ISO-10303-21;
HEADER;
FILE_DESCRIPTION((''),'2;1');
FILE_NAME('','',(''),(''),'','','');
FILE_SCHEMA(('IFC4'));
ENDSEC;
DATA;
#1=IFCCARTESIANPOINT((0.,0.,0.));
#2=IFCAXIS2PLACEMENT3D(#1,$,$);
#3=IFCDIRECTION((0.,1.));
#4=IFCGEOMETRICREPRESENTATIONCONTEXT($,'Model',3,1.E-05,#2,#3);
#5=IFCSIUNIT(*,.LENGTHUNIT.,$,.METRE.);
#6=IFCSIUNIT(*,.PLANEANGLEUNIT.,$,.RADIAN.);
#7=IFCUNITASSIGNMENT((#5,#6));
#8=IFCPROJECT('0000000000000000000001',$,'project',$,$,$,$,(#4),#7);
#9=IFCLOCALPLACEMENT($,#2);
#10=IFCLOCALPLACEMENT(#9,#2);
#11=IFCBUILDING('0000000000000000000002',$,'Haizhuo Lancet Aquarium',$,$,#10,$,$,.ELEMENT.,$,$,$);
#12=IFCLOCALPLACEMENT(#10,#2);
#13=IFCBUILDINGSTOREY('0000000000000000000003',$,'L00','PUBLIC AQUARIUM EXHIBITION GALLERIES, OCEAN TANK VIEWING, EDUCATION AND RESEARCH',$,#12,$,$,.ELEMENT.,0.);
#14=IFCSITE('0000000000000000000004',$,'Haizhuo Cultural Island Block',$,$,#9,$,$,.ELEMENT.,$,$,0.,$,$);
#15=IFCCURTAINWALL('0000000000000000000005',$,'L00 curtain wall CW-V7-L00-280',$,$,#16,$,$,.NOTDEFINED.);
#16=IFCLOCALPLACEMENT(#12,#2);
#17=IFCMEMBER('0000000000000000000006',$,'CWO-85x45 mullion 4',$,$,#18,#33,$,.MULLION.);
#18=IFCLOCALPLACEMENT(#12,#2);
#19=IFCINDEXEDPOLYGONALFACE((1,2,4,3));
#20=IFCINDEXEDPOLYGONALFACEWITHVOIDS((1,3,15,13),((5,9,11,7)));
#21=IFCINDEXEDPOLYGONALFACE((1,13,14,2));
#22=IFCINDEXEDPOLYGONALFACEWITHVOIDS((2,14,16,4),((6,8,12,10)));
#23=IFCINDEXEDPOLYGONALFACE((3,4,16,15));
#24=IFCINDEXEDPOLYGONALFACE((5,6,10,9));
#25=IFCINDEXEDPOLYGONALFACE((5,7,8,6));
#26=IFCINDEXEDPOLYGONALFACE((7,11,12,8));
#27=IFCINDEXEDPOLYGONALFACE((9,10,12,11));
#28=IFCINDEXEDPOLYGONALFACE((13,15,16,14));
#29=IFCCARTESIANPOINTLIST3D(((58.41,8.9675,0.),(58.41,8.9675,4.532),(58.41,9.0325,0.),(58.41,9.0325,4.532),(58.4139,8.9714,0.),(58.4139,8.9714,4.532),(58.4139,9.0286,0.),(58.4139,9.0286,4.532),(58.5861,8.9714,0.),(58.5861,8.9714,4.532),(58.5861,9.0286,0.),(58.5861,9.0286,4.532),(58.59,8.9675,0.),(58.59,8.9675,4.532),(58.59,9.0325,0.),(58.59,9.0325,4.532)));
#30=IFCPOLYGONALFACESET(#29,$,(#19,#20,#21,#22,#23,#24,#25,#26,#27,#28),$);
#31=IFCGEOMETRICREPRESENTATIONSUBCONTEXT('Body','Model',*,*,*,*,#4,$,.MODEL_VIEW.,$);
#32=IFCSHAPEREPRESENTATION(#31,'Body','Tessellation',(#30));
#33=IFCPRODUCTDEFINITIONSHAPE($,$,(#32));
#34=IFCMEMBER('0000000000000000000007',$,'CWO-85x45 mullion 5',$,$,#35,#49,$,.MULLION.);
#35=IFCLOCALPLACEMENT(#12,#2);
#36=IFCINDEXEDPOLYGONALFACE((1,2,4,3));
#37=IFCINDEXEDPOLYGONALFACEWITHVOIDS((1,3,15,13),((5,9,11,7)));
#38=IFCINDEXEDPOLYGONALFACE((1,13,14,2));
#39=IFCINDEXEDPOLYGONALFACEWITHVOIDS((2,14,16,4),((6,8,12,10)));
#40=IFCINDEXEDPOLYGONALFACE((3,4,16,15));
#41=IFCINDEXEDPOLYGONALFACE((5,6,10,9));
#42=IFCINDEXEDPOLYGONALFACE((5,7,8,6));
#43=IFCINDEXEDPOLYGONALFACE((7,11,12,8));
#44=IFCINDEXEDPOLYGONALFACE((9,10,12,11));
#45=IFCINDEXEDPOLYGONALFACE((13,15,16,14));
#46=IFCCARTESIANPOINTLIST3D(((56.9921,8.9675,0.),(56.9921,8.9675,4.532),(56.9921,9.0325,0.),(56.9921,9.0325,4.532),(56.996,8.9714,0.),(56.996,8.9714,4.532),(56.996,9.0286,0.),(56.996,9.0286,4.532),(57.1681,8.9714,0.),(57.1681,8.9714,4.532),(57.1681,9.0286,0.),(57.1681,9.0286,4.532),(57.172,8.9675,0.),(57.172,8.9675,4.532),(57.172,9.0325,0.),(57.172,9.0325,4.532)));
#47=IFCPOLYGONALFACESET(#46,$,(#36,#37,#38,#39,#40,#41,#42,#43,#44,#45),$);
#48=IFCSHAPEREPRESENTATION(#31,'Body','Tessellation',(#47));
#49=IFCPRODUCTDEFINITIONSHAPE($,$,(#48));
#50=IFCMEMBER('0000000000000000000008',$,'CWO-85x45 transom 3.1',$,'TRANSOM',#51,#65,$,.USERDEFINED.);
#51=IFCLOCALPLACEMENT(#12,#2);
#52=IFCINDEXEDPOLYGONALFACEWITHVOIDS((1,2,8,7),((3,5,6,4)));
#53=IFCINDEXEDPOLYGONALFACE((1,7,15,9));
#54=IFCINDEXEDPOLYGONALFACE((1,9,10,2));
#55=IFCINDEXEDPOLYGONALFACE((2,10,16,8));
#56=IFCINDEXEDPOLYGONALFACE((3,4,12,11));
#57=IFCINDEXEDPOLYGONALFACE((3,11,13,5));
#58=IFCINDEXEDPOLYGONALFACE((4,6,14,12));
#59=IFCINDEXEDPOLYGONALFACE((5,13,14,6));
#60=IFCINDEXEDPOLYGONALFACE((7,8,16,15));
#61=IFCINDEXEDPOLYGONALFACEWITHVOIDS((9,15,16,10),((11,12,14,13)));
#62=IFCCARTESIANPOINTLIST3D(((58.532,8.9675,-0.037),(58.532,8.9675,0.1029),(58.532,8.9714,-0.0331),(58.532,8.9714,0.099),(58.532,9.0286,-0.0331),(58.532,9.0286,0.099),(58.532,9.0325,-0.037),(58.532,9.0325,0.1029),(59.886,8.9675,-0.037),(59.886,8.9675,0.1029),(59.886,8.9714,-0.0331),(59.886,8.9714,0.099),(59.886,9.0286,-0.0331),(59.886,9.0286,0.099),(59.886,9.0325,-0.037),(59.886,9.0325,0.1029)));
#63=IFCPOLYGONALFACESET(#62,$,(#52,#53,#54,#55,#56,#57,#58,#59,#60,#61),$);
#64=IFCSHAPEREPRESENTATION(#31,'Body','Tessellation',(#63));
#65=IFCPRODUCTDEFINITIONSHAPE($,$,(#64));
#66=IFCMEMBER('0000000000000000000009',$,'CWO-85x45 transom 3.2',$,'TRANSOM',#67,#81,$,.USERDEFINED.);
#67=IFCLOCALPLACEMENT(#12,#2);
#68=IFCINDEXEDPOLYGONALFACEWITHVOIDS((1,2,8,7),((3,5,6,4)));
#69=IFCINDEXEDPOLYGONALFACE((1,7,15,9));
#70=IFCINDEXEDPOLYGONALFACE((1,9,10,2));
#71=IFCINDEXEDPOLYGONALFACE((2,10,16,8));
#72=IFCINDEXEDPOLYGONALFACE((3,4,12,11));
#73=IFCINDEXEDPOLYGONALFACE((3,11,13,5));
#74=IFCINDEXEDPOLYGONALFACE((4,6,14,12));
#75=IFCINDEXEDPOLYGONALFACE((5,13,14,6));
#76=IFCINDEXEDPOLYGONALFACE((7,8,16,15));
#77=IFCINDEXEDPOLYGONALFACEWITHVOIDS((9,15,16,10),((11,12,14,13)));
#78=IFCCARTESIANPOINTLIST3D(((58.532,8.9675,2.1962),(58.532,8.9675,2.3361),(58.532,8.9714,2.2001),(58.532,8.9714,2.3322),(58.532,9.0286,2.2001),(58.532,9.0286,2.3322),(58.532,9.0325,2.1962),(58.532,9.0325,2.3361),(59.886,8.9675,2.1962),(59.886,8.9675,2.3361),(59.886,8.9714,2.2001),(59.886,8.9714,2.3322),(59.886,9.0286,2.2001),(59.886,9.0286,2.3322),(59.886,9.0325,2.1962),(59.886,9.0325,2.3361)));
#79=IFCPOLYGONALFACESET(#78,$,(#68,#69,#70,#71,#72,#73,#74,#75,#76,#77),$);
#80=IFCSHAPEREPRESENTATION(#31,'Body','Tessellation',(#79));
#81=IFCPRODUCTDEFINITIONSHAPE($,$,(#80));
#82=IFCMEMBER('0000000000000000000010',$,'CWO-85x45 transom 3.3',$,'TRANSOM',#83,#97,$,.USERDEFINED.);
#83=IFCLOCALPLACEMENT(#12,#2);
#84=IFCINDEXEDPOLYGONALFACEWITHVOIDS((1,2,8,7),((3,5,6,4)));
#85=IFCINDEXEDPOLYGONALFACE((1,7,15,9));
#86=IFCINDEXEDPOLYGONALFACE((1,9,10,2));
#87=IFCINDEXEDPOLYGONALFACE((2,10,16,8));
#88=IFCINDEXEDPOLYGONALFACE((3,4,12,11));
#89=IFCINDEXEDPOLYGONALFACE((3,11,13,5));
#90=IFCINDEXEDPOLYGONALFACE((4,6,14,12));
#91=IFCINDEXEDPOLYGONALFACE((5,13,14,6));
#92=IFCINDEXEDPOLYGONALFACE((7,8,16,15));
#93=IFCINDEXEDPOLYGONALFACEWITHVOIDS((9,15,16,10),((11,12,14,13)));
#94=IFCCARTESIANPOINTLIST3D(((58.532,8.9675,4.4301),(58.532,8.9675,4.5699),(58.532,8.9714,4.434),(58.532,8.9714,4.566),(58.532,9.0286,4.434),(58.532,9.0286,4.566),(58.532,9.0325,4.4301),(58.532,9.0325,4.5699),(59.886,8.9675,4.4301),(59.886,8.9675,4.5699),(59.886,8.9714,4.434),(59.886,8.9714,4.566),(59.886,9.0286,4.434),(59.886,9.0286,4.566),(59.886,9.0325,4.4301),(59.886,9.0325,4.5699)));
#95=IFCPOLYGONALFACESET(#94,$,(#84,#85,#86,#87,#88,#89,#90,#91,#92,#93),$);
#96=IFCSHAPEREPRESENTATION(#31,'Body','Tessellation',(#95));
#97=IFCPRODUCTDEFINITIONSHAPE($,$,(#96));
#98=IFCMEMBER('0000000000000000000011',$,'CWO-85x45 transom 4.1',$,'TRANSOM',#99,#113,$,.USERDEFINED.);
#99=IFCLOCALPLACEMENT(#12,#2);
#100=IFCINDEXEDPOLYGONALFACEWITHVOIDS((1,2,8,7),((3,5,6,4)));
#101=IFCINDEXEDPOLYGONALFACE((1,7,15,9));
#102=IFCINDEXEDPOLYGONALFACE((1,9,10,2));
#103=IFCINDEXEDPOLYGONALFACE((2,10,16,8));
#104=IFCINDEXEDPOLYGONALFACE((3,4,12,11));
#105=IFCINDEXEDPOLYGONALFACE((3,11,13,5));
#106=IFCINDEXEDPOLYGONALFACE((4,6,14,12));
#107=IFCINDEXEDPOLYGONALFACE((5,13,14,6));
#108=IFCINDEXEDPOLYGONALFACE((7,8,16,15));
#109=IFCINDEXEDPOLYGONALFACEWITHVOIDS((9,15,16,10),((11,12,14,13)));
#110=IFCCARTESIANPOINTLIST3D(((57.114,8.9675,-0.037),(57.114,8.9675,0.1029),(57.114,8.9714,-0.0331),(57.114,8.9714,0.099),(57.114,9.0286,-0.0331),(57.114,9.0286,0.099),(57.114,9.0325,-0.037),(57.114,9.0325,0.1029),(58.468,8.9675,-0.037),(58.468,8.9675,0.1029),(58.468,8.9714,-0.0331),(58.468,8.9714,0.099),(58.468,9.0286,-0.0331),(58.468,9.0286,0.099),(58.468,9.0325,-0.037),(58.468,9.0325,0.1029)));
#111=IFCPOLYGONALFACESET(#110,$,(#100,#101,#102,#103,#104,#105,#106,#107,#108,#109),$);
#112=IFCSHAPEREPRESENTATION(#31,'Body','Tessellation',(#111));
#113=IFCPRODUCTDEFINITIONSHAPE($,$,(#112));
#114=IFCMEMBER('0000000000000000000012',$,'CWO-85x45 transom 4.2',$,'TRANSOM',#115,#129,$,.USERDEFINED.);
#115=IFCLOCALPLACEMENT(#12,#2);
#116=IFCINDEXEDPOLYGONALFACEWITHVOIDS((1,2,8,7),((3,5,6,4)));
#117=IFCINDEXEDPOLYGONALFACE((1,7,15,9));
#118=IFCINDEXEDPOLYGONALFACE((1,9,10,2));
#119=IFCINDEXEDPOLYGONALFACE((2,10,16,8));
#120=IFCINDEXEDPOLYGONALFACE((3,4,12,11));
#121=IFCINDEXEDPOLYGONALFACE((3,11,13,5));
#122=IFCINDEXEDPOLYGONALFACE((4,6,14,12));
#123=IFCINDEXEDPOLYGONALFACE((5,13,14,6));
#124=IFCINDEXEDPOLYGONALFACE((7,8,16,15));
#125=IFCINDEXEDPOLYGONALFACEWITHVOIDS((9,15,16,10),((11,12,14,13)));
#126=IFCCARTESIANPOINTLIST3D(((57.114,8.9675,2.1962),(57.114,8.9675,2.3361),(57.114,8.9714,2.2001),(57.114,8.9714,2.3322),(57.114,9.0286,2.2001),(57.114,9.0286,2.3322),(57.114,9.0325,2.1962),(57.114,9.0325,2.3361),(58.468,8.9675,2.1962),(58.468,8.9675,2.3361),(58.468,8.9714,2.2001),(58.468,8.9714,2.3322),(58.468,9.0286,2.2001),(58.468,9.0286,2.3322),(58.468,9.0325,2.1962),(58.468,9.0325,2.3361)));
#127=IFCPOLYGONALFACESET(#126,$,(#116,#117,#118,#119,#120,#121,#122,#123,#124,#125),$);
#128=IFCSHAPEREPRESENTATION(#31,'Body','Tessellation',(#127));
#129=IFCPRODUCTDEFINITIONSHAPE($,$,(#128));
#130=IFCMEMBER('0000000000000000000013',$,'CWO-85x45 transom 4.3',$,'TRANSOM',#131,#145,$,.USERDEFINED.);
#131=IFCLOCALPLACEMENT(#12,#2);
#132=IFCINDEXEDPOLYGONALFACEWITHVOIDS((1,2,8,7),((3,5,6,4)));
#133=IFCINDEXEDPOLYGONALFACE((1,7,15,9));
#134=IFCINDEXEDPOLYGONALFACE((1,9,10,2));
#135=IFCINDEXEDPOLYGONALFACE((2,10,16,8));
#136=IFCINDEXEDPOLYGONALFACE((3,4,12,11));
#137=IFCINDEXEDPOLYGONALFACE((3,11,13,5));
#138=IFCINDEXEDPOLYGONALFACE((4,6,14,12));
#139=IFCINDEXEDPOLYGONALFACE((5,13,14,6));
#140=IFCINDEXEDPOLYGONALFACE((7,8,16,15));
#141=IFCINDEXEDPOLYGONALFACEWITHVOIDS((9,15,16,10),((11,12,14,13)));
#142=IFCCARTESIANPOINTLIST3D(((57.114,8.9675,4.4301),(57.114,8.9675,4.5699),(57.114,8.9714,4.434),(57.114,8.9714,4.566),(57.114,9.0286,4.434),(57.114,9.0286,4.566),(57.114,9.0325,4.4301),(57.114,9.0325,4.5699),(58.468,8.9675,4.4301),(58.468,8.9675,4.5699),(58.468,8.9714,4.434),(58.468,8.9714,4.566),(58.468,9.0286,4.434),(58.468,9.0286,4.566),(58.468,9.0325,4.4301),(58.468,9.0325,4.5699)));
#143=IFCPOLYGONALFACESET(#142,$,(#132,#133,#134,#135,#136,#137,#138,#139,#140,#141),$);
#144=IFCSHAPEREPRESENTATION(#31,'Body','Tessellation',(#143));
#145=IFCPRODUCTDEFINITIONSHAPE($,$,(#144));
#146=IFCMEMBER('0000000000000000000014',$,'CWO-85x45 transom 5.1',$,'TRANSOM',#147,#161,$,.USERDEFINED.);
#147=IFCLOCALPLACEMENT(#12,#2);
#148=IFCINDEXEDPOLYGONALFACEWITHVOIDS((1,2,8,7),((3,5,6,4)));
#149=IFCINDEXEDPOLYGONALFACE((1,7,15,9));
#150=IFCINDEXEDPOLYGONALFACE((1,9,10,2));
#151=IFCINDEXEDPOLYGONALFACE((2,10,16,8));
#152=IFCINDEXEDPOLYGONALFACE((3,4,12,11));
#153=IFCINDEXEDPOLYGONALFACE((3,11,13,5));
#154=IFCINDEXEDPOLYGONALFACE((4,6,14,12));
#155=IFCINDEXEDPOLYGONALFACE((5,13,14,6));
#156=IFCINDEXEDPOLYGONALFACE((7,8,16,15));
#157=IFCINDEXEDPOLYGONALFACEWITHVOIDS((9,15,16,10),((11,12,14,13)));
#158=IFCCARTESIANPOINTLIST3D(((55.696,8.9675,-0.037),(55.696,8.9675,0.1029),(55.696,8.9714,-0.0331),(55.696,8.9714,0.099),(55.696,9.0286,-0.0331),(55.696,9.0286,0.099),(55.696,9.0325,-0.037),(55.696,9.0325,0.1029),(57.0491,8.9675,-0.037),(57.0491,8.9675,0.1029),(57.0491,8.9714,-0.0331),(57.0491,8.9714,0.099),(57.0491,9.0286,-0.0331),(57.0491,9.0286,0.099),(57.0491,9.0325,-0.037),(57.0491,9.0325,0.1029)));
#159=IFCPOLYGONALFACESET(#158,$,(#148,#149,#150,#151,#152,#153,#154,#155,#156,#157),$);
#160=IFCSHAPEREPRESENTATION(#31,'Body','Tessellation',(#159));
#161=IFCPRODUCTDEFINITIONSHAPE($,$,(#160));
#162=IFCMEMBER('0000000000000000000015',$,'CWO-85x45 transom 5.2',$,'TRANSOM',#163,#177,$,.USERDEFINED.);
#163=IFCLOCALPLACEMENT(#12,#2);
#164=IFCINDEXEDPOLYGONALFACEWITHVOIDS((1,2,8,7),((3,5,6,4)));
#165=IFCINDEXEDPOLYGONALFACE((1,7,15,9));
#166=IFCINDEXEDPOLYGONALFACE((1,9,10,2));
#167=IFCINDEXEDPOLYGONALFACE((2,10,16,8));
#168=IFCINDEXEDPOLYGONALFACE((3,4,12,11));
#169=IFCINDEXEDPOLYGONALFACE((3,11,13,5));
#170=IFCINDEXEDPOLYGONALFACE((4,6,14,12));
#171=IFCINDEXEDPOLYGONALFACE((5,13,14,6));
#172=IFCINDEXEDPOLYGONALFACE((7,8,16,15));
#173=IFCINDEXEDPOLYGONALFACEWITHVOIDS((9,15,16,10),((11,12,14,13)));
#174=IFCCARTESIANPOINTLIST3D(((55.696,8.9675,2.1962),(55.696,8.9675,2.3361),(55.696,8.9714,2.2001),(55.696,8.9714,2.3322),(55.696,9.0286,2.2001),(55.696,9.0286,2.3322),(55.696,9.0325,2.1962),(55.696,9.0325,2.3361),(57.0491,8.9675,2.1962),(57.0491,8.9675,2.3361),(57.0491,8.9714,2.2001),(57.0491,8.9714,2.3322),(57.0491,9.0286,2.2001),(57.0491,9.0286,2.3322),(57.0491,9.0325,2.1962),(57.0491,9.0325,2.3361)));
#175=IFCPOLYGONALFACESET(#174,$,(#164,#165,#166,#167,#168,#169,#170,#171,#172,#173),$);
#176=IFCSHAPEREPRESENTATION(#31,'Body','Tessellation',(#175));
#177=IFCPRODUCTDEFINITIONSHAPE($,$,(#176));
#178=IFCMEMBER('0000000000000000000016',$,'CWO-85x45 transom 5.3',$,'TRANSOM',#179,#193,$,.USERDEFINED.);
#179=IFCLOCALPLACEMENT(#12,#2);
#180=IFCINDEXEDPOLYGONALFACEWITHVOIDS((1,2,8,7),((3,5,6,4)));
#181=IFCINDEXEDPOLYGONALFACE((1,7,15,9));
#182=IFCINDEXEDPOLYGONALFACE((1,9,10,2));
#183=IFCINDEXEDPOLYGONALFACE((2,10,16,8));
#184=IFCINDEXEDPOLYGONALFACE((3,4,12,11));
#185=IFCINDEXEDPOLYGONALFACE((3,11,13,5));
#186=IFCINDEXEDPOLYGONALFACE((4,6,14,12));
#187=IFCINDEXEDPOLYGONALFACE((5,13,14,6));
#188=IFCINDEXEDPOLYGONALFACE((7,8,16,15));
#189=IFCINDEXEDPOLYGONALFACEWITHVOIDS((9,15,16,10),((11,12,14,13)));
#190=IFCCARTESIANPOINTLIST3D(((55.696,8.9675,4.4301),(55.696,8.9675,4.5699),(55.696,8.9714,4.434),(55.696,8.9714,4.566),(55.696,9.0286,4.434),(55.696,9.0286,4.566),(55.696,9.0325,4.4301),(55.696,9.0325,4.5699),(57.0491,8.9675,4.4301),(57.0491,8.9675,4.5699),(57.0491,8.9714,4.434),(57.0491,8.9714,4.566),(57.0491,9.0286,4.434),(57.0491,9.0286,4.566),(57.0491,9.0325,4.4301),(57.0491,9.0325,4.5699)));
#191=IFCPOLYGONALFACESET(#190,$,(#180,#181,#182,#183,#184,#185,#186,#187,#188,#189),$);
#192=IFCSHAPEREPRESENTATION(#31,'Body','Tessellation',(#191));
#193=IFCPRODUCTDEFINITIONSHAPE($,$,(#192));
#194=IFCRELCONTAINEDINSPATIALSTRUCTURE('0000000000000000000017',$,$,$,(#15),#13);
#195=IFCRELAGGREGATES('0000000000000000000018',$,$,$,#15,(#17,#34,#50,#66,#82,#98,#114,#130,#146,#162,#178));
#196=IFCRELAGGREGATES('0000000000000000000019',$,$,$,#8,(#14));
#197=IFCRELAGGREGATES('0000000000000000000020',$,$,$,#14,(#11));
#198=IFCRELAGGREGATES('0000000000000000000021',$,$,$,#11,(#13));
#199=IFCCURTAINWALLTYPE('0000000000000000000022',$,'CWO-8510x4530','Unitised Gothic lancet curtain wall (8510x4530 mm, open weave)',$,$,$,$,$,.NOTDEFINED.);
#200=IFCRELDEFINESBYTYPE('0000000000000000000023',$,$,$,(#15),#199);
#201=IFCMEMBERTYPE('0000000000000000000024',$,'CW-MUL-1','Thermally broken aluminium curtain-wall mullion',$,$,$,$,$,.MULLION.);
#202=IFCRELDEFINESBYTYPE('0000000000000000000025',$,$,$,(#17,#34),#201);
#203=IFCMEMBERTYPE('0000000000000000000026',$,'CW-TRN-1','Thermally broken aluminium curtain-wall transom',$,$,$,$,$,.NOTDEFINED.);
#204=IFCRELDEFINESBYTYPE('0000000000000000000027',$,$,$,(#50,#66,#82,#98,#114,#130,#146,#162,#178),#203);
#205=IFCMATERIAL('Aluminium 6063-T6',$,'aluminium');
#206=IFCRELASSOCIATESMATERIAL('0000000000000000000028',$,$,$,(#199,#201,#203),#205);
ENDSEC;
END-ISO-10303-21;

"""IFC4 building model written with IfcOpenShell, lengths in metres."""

from ifc_helpers import new_model, si_unit, direction, frame, origin, origin_2d, place, context, subcontext, project, spatial, hollow_rectangle, extrude, material, material_profile, profile_set, type_object, element, aggregate, save


model = new_model("IFC4")

# Units and contexts
model_context = context("Model", 3, precision=1e-05, world=origin(), true_north=direction((0.0, 1.0)))
body_context = subcontext(model_context, "Body", "Model", "MODEL_VIEW")
ifc_project = project(units=[si_unit("LENGTHUNIT", "METRE"), si_unit("PLANEANGLEUNIT", "RADIAN")], contexts=[model_context])

# Site, building, storey
site_placement = place(None, origin())
site = spatial("IfcSite", under=ifc_project, at=site_placement, Name="Haizhuo Cultural Island Block", CompositionType="ELEMENT", RefElevation=0.0)
building_placement = place(site_placement, origin())
building = spatial("IfcBuilding", under=site, at=building_placement, Name="Haizhuo Lancet Aquarium", CompositionType="ELEMENT")
storey_placement = place(building_placement, origin())
storey = spatial("IfcBuildingStorey", under=building, at=storey_placement, Name="L00", Description="PUBLIC AQUARIUM EXHIBITION GALLERIES, OCEAN TANK VIEWING, EDUCATION AND RESEARCH", CompositionType="ELEMENT", Elevation=0.0)

# Curtain wall, members
ifc_material_1 = material(Name="Aluminium 6063-T6", Category="aluminium")
curtain_wall_type = type_object("IfcCurtainWallType", Name="CWO-8510x4530", Description="Unitised Gothic lancet curtain wall (8510x4530 mm, open weave)", PredefinedType="NOTDEFINED", material=ifc_material_1)
curtain_wall_placement = place(storey_placement, origin())
curtain_wall = element("IfcCurtainWall", 1, at=curtain_wall_placement, inside=storey, type_object=curtain_wall_type, Name="L00 curtain wall CW-V7-L00-280", PredefinedType="NOTDEFINED")
ifc_material_profile_1 = material_profile(ifc_material_1, hollow_rectangle(XDim=0.0649, YDim=0.1799, WallThickness=0.0039, at=origin_2d()), Name="ALU-M 65x180x4")
ifc_profile_set_1 = profile_set([ifc_material_profile_1], Name="Aluminium 6063-T6")
member_type_1 = type_object("IfcMemberType", Name="CW-MUL-1", Description="Thermally broken aluminium curtain-wall mullion", PredefinedType="MULLION", material=ifc_profile_set_1)
member_1_placement = place(storey_placement, frame((58.5, 9.0, 0.0), z_axis=(0.0, 0.0, 1.0), x_axis=(0.0, -1.0, 0.0)))
member_1 = element("IfcMember", 2, at=member_1_placement, type_object=member_type_1, Name="CWO-85x45 mullion 4", PredefinedType="MULLION", context=body_context, shape_type="SweptSolid", body=[
    extrude(hollow_rectangle(XDim=0.0649, YDim=0.1799, WallThickness=0.0039, at=origin_2d()), origin(), (0.0, 0.0, 1.0), 4.532),
])
member_2_placement = place(storey_placement, frame((57.082, 9.0, 0.0), z_axis=(0.0, 0.0, 1.0), x_axis=(0.0, -1.0, 0.0)))
member_2 = element("IfcMember", 3, at=member_2_placement, type_object=member_type_1, Name="CWO-85x45 mullion 5", PredefinedType="MULLION", context=body_context, shape_type="SweptSolid", body=[
    extrude(hollow_rectangle(XDim=0.0649, YDim=0.1799, WallThickness=0.0039, at=origin_2d()), origin(), (0.0, 0.0, 1.0), 4.532),
])
ifc_material_profile_2 = material_profile(ifc_material_1, hollow_rectangle(XDim=0.0649, YDim=0.1399, WallThickness=0.0039, at=origin_2d()), Name="ALU-T 65x140x4")
ifc_profile_set_2 = profile_set([ifc_material_profile_2], Name="Aluminium 6063-T6")
member_type_2 = type_object("IfcMemberType", Name="CW-TRN-1", Description="Thermally broken aluminium curtain-wall transom", PredefinedType="NOTDEFINED", material=ifc_profile_set_2)
member_3_placement = place(storey_placement, frame((59.886, 9.0, 0.033), z_axis=(-1.0, 0.0, 0.0), x_axis=(0.0, -1.0, 0.0)))
member_3 = element("IfcMember", 4, at=member_3_placement, type_object=member_type_2, Name="CWO-85x45 transom 3.1", ObjectType="TRANSOM", PredefinedType="USERDEFINED", context=body_context, shape_type="SweptSolid", body=[
    extrude(hollow_rectangle(XDim=0.0649, YDim=0.1399, WallThickness=0.0039, at=origin_2d()), origin(), (0.0, 0.0, 1.0), 1.354),
])
member_4_placement = place(storey_placement, frame((59.886, 9.0, 2.2661), z_axis=(-1.0, 0.0, 0.0), x_axis=(0.0, -1.0, 0.0)))
member_4 = element("IfcMember", 5, at=member_4_placement, type_object=member_type_2, Name="CWO-85x45 transom 3.2", ObjectType="TRANSOM", PredefinedType="USERDEFINED", context=body_context, shape_type="SweptSolid", body=[
    extrude(hollow_rectangle(XDim=0.0649, YDim=0.1399, WallThickness=0.0039, at=origin_2d()), origin(), (0.0, 0.0, 1.0), 1.354),
])
member_5_placement = place(storey_placement, frame((59.886, 9.0, 4.5), z_axis=(-1.0, 0.0, 0.0), x_axis=(0.0, -1.0, 0.0)))
member_5 = element("IfcMember", 6, at=member_5_placement, type_object=member_type_2, Name="CWO-85x45 transom 3.3", ObjectType="TRANSOM", PredefinedType="USERDEFINED", context=body_context, shape_type="SweptSolid", body=[
    extrude(hollow_rectangle(XDim=0.0649, YDim=0.1399, WallThickness=0.0039, at=origin_2d()), origin(), (0.0, 0.0, 1.0), 1.354),
])
member_6_placement = place(storey_placement, frame((58.468, 9.0, 0.033), z_axis=(-1.0, 0.0, 0.0), x_axis=(0.0, -1.0, 0.0)))
member_6 = element("IfcMember", 7, at=member_6_placement, type_object=member_type_2, Name="CWO-85x45 transom 4.1", ObjectType="TRANSOM", PredefinedType="USERDEFINED", context=body_context, shape_type="SweptSolid", body=[
    extrude(hollow_rectangle(XDim=0.0649, YDim=0.1399, WallThickness=0.0039, at=origin_2d()), origin(), (0.0, 0.0, 1.0), 1.354),
])
member_7_placement = place(storey_placement, frame((58.468, 9.0, 2.2661), z_axis=(-1.0, 0.0, 0.0), x_axis=(0.0, -1.0, 0.0)))
member_7 = element("IfcMember", 8, at=member_7_placement, type_object=member_type_2, Name="CWO-85x45 transom 4.2", ObjectType="TRANSOM", PredefinedType="USERDEFINED", context=body_context, shape_type="SweptSolid", body=[
    extrude(hollow_rectangle(XDim=0.0649, YDim=0.1399, WallThickness=0.0039, at=origin_2d()), origin(), (0.0, 0.0, 1.0), 1.354),
])
member_8_placement = place(storey_placement, frame((58.468, 9.0, 4.5), z_axis=(-1.0, 0.0, 0.0), x_axis=(0.0, -1.0, 0.0)))
member_8 = element("IfcMember", 9, at=member_8_placement, type_object=member_type_2, Name="CWO-85x45 transom 4.3", ObjectType="TRANSOM", PredefinedType="USERDEFINED", context=body_context, shape_type="SweptSolid", body=[
    extrude(hollow_rectangle(XDim=0.0649, YDim=0.1399, WallThickness=0.0039, at=origin_2d()), origin(), (0.0, 0.0, 1.0), 1.354),
])
member_9_placement = place(storey_placement, frame((57.0491, 9.0, 0.033), z_axis=(-1.0, 0.0, 0.0), x_axis=(0.0, -1.0, 0.0)))
member_9 = element("IfcMember", 10, at=member_9_placement, type_object=member_type_2, Name="CWO-85x45 transom 5.1", ObjectType="TRANSOM", PredefinedType="USERDEFINED", context=body_context, shape_type="SweptSolid", body=[
    extrude(hollow_rectangle(XDim=0.0649, YDim=0.1399, WallThickness=0.0039, at=origin_2d()), origin(), (0.0, 0.0, 1.0), 1.353),
])
member_10_placement = place(storey_placement, frame((57.0491, 9.0, 2.2661), z_axis=(-1.0, 0.0, 0.0), x_axis=(0.0, -1.0, 0.0)))
member_10 = element("IfcMember", 11, at=member_10_placement, type_object=member_type_2, Name="CWO-85x45 transom 5.2", ObjectType="TRANSOM", PredefinedType="USERDEFINED", context=body_context, shape_type="SweptSolid", body=[
    extrude(hollow_rectangle(XDim=0.0649, YDim=0.1399, WallThickness=0.0039, at=origin_2d()), origin(), (0.0, 0.0, 1.0), 1.353),
])
member_11_placement = place(storey_placement, frame((57.0491, 9.0, 4.5), z_axis=(-1.0, 0.0, 0.0), x_axis=(0.0, -1.0, 0.0)))
member_11 = element("IfcMember", 12, at=member_11_placement, type_object=member_type_2, Name="CWO-85x45 transom 5.3", ObjectType="TRANSOM", PredefinedType="USERDEFINED", context=body_context, shape_type="SweptSolid", body=[
    extrude(hollow_rectangle(XDim=0.0649, YDim=0.1399, WallThickness=0.0039, at=origin_2d()), origin(), (0.0, 0.0, 1.0), 1.353),
])

aggregate(curtain_wall, [member_1, member_2, member_3, member_4, member_5, member_6, member_7, member_8, member_9, member_10, member_11])

save(model, "model.ifc")
